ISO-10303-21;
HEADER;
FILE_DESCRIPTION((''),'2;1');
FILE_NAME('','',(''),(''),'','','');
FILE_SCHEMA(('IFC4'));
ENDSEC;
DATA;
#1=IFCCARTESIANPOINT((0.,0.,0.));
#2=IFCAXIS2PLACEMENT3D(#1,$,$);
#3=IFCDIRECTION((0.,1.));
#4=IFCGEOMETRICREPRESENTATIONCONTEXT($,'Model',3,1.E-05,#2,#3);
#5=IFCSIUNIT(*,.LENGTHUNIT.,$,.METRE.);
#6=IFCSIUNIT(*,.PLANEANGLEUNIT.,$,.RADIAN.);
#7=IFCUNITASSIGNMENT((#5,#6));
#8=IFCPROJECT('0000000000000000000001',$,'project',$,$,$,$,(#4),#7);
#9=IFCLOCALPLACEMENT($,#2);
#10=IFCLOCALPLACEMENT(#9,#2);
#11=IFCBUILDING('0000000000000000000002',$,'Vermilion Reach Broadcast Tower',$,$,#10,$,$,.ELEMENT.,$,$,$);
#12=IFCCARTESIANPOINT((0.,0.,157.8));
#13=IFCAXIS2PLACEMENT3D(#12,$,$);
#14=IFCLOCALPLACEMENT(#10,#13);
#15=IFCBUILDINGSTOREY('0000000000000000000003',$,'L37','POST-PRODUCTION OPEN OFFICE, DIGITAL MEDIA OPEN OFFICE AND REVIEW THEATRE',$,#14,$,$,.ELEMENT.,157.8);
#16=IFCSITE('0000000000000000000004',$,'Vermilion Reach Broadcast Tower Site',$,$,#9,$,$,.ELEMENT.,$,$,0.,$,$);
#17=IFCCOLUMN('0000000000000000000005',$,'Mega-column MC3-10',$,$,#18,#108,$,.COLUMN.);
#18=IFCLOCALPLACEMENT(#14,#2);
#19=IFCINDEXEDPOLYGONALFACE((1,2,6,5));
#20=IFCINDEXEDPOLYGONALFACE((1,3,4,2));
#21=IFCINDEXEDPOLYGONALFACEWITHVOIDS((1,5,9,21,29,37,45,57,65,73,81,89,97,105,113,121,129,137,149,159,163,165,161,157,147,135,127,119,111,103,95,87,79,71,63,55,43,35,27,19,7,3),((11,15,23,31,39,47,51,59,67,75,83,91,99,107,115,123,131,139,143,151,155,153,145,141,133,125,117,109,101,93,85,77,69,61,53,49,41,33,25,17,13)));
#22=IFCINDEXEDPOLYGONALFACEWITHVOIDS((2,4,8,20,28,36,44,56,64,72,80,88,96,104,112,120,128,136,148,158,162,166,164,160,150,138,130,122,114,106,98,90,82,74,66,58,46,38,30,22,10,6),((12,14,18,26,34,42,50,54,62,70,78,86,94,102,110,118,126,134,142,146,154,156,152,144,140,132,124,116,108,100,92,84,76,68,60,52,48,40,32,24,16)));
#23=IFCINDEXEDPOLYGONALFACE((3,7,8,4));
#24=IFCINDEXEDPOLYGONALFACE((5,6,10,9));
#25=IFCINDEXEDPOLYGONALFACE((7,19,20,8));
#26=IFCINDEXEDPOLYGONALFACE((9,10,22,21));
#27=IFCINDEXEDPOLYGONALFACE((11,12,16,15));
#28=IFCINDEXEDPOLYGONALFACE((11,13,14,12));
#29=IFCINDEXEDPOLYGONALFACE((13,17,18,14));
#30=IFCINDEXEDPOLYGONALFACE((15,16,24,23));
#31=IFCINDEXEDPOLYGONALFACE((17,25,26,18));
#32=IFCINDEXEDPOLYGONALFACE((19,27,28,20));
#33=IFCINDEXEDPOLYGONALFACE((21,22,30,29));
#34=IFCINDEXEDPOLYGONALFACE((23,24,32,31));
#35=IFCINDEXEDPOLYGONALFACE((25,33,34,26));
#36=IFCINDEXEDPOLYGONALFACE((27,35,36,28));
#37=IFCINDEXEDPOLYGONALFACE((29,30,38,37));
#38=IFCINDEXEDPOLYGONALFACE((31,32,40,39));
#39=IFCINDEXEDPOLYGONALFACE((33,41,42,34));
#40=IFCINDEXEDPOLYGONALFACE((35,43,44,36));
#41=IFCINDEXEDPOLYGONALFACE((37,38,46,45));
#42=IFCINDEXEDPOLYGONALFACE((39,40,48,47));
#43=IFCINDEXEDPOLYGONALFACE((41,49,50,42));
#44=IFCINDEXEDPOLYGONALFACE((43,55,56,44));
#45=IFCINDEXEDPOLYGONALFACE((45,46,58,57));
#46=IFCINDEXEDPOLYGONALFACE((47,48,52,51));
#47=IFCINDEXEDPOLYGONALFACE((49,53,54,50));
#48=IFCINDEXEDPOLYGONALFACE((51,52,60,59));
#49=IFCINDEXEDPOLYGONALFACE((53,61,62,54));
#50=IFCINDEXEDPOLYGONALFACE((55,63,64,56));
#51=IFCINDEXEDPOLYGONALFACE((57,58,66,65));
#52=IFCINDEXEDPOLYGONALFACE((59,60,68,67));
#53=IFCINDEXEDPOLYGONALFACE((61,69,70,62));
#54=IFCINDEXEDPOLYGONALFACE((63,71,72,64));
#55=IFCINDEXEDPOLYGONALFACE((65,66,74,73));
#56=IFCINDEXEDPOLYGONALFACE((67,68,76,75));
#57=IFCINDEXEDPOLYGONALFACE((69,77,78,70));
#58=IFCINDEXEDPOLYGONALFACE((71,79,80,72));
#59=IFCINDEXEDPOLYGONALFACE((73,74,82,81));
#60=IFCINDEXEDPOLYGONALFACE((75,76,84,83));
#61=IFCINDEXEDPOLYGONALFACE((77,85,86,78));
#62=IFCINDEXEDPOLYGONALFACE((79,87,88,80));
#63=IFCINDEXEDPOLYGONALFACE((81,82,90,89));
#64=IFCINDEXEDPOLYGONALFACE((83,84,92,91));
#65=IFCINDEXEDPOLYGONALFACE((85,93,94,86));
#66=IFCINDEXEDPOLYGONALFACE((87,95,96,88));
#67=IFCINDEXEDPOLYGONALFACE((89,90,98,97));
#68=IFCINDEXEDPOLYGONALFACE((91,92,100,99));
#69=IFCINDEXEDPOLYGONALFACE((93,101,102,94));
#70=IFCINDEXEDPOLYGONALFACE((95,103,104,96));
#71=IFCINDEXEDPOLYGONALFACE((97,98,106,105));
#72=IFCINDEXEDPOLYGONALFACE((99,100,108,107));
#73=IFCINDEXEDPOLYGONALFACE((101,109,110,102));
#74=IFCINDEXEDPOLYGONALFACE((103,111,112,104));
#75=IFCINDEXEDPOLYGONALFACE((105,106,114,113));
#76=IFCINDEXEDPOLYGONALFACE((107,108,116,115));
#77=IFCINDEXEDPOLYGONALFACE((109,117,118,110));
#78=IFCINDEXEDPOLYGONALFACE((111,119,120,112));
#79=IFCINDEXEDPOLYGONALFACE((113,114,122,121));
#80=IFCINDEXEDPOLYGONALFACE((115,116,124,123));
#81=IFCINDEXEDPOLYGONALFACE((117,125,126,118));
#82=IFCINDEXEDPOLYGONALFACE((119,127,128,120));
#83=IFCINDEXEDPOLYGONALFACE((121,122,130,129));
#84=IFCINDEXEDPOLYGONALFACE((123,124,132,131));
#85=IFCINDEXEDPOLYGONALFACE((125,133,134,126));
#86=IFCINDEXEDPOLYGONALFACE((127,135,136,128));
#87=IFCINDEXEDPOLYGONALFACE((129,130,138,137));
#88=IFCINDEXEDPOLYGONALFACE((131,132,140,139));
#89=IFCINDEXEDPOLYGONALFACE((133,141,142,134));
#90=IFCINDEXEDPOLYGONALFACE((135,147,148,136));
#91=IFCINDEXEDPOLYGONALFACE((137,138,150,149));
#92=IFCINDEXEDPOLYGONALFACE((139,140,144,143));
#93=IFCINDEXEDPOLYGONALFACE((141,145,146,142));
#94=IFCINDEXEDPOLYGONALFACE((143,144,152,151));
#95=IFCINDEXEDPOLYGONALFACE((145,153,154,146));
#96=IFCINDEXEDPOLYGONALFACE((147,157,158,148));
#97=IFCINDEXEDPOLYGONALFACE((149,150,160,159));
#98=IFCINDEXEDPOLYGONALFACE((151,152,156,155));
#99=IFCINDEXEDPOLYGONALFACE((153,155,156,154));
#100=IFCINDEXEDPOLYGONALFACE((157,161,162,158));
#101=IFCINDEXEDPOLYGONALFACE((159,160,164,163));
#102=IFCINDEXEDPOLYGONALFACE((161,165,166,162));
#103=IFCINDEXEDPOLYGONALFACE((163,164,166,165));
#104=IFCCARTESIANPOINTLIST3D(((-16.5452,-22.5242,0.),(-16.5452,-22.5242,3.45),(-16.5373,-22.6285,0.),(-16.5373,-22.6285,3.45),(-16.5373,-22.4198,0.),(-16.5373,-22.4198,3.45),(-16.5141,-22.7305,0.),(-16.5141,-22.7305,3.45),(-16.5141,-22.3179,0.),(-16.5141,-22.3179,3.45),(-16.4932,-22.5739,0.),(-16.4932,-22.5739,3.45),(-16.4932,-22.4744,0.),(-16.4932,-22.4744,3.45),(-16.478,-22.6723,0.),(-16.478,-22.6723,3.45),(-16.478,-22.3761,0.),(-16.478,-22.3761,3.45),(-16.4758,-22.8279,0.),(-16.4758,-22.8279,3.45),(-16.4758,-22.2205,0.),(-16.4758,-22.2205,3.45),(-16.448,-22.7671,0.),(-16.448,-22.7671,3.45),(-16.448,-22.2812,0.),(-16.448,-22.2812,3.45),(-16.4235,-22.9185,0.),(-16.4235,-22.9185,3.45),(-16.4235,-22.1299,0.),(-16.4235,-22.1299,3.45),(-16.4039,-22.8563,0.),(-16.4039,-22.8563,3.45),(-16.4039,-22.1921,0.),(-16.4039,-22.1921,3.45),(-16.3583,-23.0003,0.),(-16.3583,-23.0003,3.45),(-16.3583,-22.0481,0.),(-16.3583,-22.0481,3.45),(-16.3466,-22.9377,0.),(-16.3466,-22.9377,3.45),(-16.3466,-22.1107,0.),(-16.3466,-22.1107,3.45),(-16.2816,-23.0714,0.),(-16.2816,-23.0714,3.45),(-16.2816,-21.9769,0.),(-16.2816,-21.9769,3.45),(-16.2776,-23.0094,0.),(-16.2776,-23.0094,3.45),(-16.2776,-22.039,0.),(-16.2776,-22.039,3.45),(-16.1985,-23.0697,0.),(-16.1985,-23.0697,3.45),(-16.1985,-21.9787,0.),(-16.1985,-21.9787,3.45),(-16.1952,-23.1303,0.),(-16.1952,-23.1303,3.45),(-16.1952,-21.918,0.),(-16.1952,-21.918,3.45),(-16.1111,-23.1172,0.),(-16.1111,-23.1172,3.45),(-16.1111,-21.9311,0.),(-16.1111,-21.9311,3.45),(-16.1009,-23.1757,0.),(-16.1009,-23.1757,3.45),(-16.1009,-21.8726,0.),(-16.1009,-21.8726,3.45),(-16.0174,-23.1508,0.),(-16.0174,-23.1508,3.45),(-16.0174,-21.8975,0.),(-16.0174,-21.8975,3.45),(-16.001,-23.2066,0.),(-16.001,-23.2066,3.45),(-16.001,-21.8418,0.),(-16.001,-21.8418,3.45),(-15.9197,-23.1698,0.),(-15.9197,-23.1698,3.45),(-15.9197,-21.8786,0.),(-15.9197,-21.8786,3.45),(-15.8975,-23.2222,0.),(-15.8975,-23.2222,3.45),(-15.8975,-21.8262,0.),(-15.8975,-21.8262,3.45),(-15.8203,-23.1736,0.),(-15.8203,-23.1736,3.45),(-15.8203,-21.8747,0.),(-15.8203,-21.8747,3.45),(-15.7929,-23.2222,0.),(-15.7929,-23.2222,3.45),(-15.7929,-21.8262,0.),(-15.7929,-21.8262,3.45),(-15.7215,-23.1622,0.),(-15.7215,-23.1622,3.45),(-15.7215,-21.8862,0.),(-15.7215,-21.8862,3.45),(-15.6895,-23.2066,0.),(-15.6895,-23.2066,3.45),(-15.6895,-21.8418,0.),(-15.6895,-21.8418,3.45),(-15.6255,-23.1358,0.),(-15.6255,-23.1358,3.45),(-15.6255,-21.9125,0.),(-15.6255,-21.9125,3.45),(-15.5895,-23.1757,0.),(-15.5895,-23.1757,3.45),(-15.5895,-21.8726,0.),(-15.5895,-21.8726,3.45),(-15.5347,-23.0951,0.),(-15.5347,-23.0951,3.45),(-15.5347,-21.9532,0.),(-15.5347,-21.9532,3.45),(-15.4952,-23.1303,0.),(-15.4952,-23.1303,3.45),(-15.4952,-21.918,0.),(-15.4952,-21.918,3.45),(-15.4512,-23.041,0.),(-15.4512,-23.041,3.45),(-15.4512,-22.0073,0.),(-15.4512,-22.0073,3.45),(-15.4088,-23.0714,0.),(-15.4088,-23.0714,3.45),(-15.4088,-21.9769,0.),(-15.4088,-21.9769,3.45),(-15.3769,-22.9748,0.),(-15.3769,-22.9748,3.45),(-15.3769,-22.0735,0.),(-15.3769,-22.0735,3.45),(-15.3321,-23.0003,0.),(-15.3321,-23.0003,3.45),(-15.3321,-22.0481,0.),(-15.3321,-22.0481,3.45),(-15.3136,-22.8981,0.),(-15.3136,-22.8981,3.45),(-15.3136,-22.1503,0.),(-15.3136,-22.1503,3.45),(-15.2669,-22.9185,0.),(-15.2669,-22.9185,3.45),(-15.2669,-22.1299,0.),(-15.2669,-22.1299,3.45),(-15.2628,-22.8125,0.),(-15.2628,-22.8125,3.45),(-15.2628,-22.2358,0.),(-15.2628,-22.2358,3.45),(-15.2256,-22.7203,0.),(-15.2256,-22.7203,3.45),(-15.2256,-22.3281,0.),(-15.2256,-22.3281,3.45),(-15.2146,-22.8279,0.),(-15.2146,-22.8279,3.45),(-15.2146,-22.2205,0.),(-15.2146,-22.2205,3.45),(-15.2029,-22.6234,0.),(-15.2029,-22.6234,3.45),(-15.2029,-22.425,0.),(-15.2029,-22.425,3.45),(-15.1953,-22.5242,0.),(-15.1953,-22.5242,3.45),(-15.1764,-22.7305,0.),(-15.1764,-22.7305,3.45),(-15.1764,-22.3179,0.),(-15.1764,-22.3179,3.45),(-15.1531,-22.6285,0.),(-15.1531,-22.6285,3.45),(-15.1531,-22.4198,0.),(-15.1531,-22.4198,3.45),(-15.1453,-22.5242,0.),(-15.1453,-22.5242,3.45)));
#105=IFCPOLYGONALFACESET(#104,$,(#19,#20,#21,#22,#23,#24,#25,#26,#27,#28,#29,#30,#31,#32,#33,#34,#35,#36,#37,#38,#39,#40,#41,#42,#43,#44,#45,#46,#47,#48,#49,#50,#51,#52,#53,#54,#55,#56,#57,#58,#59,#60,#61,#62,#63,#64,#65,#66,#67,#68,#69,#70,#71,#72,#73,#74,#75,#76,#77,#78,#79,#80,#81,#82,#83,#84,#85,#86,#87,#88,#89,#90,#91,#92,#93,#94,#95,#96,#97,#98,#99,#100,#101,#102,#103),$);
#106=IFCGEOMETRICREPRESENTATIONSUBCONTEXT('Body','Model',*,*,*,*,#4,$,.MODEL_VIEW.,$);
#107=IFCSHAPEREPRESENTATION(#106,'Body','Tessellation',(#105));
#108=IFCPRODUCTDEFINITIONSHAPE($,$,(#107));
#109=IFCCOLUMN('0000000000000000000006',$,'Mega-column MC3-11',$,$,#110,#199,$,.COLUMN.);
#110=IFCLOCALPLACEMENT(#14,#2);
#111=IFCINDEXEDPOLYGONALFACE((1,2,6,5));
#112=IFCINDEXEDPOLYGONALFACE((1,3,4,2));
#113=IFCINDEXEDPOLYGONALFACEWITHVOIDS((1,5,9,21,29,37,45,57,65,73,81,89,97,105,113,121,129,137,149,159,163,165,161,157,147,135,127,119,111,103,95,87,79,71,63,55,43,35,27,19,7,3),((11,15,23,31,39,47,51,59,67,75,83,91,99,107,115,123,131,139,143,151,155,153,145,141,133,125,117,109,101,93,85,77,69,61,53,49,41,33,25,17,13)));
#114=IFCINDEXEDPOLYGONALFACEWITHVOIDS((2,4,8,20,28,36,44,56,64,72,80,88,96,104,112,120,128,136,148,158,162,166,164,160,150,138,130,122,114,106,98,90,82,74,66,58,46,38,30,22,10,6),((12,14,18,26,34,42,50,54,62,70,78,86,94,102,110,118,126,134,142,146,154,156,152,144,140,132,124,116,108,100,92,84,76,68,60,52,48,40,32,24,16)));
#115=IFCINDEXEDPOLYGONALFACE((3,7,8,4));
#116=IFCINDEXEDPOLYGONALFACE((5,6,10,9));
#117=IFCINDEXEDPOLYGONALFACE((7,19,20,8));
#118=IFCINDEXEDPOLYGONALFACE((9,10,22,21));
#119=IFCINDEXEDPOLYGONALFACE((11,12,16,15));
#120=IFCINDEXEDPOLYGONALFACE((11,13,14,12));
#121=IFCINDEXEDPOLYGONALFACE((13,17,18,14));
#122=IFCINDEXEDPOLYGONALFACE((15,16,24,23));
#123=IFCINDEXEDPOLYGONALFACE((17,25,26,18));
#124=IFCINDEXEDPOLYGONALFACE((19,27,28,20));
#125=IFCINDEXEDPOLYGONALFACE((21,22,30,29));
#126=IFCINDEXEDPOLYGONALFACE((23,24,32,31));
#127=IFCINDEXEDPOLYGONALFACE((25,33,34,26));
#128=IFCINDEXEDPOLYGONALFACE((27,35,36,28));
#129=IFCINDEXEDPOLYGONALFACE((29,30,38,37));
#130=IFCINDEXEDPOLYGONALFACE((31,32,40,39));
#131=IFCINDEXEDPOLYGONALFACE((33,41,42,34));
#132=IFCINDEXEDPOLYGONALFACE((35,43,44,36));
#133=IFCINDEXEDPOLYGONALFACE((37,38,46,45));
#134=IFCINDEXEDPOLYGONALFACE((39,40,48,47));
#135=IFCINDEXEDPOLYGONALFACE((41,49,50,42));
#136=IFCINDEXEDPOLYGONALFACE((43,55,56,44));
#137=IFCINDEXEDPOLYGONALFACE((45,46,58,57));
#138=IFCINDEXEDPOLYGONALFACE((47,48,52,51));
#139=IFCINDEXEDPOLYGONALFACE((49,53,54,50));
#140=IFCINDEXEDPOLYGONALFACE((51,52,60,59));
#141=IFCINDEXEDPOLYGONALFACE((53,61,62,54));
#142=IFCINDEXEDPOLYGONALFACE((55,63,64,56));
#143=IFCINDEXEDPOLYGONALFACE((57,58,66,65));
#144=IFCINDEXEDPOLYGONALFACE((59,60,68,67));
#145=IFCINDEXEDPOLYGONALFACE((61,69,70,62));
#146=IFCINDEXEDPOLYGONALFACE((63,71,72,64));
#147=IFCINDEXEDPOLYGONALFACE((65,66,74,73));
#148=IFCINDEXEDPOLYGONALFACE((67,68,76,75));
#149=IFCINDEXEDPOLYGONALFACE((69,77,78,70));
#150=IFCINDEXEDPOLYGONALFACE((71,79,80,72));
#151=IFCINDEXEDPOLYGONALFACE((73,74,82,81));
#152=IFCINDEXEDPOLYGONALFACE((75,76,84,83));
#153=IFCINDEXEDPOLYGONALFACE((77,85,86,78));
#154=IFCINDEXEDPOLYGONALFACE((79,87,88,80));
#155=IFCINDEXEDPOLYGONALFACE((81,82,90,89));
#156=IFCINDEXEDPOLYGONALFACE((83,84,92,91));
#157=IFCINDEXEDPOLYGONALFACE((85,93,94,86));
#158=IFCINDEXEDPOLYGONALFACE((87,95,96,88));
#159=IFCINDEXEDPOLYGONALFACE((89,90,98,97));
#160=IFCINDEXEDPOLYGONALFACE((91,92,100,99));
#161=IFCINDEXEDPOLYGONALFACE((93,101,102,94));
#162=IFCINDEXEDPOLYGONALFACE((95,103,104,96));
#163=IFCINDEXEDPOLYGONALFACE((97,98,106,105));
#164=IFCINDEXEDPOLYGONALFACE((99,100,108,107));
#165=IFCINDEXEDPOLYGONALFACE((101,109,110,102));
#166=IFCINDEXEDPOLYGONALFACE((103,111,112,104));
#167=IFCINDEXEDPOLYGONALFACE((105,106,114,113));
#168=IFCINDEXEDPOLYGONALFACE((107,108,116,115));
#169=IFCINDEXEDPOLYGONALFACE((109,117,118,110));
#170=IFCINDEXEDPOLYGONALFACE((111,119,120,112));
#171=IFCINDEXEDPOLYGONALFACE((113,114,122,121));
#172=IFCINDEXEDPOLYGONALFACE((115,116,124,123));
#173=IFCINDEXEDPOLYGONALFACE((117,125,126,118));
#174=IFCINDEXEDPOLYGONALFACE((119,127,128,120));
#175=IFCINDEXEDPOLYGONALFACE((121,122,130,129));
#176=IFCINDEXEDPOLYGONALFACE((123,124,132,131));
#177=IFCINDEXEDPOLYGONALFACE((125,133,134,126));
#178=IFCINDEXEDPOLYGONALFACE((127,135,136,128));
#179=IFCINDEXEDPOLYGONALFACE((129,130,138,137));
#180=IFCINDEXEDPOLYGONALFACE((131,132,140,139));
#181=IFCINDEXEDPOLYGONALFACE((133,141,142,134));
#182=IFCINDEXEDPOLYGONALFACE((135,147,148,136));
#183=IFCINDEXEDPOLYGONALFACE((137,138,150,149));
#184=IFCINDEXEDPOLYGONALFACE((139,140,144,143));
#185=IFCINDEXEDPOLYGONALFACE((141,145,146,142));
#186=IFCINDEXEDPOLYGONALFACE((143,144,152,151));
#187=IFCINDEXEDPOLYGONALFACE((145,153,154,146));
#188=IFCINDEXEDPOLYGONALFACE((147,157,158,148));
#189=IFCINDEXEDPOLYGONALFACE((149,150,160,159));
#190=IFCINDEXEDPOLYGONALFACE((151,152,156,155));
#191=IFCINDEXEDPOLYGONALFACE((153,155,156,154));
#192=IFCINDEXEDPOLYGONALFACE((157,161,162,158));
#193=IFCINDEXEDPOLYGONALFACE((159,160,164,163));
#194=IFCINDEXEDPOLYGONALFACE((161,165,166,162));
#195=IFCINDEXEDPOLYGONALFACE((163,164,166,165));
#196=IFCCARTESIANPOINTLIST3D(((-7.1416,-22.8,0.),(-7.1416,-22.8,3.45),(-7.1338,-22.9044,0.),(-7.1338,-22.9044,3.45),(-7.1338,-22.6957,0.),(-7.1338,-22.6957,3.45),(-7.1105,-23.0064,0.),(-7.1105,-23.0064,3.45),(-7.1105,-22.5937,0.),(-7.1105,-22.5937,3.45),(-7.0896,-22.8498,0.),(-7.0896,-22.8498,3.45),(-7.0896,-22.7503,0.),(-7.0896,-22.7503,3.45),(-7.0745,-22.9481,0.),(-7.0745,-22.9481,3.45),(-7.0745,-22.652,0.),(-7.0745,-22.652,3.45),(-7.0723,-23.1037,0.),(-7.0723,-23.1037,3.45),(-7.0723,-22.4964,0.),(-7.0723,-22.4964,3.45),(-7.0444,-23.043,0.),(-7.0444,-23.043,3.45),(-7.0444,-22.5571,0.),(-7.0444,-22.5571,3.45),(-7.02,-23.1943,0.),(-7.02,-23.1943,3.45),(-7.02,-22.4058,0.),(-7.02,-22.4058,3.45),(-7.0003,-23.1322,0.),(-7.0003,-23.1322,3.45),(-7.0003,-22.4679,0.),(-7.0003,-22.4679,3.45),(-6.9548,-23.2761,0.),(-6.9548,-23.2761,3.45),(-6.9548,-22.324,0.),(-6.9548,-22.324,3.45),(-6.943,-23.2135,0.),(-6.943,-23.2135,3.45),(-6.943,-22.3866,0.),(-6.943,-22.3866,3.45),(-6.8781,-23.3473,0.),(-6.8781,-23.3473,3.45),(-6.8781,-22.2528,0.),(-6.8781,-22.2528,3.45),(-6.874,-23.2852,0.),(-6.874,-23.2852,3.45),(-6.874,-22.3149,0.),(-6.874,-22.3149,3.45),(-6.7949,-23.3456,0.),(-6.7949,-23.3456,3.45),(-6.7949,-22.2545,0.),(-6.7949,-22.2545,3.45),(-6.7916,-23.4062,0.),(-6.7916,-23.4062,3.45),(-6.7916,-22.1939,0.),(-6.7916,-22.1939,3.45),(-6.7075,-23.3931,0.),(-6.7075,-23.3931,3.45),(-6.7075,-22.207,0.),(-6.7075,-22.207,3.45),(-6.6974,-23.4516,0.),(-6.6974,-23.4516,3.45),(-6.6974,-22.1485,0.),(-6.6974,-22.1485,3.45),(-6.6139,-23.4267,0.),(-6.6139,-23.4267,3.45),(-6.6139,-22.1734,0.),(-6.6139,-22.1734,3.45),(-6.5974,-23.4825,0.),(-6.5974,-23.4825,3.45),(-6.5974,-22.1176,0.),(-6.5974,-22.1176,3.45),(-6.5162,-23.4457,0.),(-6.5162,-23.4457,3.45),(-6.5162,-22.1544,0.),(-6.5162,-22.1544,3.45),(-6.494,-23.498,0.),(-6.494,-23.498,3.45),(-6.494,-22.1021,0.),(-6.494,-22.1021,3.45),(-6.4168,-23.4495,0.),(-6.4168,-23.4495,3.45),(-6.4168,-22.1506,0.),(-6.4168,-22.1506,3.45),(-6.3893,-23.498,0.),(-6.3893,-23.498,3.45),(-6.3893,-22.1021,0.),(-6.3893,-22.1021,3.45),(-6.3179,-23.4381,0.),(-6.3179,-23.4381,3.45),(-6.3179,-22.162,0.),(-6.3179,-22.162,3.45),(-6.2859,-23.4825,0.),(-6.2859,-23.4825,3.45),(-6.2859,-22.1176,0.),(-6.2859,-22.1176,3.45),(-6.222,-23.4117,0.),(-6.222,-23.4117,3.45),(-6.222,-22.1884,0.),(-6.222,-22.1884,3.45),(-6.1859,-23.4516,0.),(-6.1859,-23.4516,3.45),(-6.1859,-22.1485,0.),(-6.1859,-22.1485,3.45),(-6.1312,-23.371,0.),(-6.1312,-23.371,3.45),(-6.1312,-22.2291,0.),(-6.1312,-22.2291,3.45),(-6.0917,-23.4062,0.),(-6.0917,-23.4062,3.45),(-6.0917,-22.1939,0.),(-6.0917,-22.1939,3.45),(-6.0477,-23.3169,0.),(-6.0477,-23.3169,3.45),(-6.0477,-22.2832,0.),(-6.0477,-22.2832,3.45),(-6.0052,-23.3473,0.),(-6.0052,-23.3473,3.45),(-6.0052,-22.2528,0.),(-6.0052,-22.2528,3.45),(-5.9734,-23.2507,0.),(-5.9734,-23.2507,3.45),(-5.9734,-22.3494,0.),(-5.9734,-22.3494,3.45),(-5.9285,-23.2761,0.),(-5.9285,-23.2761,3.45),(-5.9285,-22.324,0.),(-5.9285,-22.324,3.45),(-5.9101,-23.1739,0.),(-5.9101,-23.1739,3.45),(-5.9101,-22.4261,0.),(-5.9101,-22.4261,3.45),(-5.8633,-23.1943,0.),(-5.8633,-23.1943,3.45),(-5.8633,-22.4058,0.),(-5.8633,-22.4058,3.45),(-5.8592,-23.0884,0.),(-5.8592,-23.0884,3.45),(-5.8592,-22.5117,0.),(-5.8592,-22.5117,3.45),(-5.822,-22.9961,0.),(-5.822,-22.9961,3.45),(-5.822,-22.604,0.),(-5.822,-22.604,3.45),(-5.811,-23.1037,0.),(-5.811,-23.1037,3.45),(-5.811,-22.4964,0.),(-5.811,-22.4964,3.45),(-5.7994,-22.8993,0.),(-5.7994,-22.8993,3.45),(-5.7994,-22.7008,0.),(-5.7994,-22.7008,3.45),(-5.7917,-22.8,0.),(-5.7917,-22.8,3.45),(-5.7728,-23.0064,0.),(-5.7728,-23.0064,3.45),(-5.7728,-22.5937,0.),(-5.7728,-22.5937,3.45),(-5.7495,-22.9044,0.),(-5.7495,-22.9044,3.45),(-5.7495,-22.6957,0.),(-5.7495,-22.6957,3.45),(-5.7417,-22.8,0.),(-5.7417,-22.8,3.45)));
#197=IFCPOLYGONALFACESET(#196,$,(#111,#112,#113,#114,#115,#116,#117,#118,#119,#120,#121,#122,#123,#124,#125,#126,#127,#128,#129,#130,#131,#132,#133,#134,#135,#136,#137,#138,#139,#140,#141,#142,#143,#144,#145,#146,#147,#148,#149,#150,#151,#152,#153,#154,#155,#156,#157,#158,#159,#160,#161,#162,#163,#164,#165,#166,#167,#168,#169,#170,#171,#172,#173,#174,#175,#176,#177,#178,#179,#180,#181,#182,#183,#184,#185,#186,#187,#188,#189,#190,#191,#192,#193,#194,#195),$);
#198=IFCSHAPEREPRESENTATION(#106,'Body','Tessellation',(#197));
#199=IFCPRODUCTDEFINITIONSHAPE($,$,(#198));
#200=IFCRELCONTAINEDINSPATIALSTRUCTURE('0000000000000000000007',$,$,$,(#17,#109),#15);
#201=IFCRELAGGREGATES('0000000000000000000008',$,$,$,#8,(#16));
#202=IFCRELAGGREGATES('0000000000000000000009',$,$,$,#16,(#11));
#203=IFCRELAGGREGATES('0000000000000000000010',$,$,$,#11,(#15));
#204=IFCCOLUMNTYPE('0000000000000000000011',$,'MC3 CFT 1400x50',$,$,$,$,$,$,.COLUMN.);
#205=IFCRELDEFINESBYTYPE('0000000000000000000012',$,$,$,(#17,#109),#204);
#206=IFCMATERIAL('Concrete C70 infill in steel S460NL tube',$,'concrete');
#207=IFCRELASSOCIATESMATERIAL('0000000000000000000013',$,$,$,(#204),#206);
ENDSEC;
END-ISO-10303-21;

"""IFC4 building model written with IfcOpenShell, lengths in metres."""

from ifc_helpers import new_model, si_unit, direction, frame, origin, origin_2d, place, context, subcontext, project, spatial, hollow_circle, extrude, material, material_profile, profile_set, type_object, element, save


model = new_model("IFC4")

# Units and contexts
model_context = context("Model", 3, precision=1e-05, world=origin(), true_north=direction((0.0, 1.0)))
body_context = subcontext(model_context, "Body", "Model", "MODEL_VIEW")
ifc_project = project(units=[si_unit("LENGTHUNIT", "METRE"), si_unit("PLANEANGLEUNIT", "RADIAN")], contexts=[model_context])

# Site, building, storey
site_placement = place(None, origin())
site = spatial("IfcSite", under=ifc_project, at=site_placement, Name="Vermilion Reach Broadcast Tower Site", CompositionType="ELEMENT", RefElevation=0.0)
building_placement = place(site_placement, origin())
building = spatial("IfcBuilding", under=site, at=building_placement, Name="Vermilion Reach Broadcast Tower", CompositionType="ELEMENT")
storey_placement = place(building_placement, frame((0.0, 0.0, 157.8)))
storey = spatial("IfcBuildingStorey", under=building, at=storey_placement, Name="L37", Description="POST-PRODUCTION OPEN OFFICE, DIGITAL MEDIA OPEN OFFICE AND REVIEW THEATRE", CompositionType="ELEMENT", Elevation=157.8)

# Columns
ifc_material_1 = material(Name="Concrete C70 infill in steel S460NL tube", Category="concrete")
ifc_material_profile_1 = material_profile(ifc_material_1, hollow_circle(Radius=0.7, WallThickness=0.05, at=origin_2d()), Name="Concrete C70 infill in steel S460NL tube CFT 1400x50")
ifc_profile_set_1 = profile_set([ifc_material_profile_1], Name="Concrete C70 infill in steel S460NL tube")
column_type = type_object("IfcColumnType", Name="MC3 CFT 1400x50", PredefinedType="COLUMN", material=ifc_profile_set_1)
for number, where, z_axis, x_axis, name in (
    (1, (-15.8452, -22.5242, 0.0), (0.0, 0.0, 1.0), (1.0, 0.0, 0.0), "Mega-column MC3-10"),
    (2, (-6.4417, -22.8, 0.0), (0.0, 0.0, 1.0), (1.0, 0.0, 0.0), "Mega-column MC3-11"),
):
    element("IfcColumn", number, at=place(storey_placement, frame(where, z_axis=z_axis, x_axis=x_axis)), inside=storey, type_object=column_type, Name=name, PredefinedType="COLUMN", context=body_context, shape_type="SweptSolid", body=[
        extrude(hollow_circle(Radius=0.7, WallThickness=0.05, at=origin_2d()), origin(), (0.0, 0.0, 1.0), 3.45),
    ])

save(model, "model.ifc")
